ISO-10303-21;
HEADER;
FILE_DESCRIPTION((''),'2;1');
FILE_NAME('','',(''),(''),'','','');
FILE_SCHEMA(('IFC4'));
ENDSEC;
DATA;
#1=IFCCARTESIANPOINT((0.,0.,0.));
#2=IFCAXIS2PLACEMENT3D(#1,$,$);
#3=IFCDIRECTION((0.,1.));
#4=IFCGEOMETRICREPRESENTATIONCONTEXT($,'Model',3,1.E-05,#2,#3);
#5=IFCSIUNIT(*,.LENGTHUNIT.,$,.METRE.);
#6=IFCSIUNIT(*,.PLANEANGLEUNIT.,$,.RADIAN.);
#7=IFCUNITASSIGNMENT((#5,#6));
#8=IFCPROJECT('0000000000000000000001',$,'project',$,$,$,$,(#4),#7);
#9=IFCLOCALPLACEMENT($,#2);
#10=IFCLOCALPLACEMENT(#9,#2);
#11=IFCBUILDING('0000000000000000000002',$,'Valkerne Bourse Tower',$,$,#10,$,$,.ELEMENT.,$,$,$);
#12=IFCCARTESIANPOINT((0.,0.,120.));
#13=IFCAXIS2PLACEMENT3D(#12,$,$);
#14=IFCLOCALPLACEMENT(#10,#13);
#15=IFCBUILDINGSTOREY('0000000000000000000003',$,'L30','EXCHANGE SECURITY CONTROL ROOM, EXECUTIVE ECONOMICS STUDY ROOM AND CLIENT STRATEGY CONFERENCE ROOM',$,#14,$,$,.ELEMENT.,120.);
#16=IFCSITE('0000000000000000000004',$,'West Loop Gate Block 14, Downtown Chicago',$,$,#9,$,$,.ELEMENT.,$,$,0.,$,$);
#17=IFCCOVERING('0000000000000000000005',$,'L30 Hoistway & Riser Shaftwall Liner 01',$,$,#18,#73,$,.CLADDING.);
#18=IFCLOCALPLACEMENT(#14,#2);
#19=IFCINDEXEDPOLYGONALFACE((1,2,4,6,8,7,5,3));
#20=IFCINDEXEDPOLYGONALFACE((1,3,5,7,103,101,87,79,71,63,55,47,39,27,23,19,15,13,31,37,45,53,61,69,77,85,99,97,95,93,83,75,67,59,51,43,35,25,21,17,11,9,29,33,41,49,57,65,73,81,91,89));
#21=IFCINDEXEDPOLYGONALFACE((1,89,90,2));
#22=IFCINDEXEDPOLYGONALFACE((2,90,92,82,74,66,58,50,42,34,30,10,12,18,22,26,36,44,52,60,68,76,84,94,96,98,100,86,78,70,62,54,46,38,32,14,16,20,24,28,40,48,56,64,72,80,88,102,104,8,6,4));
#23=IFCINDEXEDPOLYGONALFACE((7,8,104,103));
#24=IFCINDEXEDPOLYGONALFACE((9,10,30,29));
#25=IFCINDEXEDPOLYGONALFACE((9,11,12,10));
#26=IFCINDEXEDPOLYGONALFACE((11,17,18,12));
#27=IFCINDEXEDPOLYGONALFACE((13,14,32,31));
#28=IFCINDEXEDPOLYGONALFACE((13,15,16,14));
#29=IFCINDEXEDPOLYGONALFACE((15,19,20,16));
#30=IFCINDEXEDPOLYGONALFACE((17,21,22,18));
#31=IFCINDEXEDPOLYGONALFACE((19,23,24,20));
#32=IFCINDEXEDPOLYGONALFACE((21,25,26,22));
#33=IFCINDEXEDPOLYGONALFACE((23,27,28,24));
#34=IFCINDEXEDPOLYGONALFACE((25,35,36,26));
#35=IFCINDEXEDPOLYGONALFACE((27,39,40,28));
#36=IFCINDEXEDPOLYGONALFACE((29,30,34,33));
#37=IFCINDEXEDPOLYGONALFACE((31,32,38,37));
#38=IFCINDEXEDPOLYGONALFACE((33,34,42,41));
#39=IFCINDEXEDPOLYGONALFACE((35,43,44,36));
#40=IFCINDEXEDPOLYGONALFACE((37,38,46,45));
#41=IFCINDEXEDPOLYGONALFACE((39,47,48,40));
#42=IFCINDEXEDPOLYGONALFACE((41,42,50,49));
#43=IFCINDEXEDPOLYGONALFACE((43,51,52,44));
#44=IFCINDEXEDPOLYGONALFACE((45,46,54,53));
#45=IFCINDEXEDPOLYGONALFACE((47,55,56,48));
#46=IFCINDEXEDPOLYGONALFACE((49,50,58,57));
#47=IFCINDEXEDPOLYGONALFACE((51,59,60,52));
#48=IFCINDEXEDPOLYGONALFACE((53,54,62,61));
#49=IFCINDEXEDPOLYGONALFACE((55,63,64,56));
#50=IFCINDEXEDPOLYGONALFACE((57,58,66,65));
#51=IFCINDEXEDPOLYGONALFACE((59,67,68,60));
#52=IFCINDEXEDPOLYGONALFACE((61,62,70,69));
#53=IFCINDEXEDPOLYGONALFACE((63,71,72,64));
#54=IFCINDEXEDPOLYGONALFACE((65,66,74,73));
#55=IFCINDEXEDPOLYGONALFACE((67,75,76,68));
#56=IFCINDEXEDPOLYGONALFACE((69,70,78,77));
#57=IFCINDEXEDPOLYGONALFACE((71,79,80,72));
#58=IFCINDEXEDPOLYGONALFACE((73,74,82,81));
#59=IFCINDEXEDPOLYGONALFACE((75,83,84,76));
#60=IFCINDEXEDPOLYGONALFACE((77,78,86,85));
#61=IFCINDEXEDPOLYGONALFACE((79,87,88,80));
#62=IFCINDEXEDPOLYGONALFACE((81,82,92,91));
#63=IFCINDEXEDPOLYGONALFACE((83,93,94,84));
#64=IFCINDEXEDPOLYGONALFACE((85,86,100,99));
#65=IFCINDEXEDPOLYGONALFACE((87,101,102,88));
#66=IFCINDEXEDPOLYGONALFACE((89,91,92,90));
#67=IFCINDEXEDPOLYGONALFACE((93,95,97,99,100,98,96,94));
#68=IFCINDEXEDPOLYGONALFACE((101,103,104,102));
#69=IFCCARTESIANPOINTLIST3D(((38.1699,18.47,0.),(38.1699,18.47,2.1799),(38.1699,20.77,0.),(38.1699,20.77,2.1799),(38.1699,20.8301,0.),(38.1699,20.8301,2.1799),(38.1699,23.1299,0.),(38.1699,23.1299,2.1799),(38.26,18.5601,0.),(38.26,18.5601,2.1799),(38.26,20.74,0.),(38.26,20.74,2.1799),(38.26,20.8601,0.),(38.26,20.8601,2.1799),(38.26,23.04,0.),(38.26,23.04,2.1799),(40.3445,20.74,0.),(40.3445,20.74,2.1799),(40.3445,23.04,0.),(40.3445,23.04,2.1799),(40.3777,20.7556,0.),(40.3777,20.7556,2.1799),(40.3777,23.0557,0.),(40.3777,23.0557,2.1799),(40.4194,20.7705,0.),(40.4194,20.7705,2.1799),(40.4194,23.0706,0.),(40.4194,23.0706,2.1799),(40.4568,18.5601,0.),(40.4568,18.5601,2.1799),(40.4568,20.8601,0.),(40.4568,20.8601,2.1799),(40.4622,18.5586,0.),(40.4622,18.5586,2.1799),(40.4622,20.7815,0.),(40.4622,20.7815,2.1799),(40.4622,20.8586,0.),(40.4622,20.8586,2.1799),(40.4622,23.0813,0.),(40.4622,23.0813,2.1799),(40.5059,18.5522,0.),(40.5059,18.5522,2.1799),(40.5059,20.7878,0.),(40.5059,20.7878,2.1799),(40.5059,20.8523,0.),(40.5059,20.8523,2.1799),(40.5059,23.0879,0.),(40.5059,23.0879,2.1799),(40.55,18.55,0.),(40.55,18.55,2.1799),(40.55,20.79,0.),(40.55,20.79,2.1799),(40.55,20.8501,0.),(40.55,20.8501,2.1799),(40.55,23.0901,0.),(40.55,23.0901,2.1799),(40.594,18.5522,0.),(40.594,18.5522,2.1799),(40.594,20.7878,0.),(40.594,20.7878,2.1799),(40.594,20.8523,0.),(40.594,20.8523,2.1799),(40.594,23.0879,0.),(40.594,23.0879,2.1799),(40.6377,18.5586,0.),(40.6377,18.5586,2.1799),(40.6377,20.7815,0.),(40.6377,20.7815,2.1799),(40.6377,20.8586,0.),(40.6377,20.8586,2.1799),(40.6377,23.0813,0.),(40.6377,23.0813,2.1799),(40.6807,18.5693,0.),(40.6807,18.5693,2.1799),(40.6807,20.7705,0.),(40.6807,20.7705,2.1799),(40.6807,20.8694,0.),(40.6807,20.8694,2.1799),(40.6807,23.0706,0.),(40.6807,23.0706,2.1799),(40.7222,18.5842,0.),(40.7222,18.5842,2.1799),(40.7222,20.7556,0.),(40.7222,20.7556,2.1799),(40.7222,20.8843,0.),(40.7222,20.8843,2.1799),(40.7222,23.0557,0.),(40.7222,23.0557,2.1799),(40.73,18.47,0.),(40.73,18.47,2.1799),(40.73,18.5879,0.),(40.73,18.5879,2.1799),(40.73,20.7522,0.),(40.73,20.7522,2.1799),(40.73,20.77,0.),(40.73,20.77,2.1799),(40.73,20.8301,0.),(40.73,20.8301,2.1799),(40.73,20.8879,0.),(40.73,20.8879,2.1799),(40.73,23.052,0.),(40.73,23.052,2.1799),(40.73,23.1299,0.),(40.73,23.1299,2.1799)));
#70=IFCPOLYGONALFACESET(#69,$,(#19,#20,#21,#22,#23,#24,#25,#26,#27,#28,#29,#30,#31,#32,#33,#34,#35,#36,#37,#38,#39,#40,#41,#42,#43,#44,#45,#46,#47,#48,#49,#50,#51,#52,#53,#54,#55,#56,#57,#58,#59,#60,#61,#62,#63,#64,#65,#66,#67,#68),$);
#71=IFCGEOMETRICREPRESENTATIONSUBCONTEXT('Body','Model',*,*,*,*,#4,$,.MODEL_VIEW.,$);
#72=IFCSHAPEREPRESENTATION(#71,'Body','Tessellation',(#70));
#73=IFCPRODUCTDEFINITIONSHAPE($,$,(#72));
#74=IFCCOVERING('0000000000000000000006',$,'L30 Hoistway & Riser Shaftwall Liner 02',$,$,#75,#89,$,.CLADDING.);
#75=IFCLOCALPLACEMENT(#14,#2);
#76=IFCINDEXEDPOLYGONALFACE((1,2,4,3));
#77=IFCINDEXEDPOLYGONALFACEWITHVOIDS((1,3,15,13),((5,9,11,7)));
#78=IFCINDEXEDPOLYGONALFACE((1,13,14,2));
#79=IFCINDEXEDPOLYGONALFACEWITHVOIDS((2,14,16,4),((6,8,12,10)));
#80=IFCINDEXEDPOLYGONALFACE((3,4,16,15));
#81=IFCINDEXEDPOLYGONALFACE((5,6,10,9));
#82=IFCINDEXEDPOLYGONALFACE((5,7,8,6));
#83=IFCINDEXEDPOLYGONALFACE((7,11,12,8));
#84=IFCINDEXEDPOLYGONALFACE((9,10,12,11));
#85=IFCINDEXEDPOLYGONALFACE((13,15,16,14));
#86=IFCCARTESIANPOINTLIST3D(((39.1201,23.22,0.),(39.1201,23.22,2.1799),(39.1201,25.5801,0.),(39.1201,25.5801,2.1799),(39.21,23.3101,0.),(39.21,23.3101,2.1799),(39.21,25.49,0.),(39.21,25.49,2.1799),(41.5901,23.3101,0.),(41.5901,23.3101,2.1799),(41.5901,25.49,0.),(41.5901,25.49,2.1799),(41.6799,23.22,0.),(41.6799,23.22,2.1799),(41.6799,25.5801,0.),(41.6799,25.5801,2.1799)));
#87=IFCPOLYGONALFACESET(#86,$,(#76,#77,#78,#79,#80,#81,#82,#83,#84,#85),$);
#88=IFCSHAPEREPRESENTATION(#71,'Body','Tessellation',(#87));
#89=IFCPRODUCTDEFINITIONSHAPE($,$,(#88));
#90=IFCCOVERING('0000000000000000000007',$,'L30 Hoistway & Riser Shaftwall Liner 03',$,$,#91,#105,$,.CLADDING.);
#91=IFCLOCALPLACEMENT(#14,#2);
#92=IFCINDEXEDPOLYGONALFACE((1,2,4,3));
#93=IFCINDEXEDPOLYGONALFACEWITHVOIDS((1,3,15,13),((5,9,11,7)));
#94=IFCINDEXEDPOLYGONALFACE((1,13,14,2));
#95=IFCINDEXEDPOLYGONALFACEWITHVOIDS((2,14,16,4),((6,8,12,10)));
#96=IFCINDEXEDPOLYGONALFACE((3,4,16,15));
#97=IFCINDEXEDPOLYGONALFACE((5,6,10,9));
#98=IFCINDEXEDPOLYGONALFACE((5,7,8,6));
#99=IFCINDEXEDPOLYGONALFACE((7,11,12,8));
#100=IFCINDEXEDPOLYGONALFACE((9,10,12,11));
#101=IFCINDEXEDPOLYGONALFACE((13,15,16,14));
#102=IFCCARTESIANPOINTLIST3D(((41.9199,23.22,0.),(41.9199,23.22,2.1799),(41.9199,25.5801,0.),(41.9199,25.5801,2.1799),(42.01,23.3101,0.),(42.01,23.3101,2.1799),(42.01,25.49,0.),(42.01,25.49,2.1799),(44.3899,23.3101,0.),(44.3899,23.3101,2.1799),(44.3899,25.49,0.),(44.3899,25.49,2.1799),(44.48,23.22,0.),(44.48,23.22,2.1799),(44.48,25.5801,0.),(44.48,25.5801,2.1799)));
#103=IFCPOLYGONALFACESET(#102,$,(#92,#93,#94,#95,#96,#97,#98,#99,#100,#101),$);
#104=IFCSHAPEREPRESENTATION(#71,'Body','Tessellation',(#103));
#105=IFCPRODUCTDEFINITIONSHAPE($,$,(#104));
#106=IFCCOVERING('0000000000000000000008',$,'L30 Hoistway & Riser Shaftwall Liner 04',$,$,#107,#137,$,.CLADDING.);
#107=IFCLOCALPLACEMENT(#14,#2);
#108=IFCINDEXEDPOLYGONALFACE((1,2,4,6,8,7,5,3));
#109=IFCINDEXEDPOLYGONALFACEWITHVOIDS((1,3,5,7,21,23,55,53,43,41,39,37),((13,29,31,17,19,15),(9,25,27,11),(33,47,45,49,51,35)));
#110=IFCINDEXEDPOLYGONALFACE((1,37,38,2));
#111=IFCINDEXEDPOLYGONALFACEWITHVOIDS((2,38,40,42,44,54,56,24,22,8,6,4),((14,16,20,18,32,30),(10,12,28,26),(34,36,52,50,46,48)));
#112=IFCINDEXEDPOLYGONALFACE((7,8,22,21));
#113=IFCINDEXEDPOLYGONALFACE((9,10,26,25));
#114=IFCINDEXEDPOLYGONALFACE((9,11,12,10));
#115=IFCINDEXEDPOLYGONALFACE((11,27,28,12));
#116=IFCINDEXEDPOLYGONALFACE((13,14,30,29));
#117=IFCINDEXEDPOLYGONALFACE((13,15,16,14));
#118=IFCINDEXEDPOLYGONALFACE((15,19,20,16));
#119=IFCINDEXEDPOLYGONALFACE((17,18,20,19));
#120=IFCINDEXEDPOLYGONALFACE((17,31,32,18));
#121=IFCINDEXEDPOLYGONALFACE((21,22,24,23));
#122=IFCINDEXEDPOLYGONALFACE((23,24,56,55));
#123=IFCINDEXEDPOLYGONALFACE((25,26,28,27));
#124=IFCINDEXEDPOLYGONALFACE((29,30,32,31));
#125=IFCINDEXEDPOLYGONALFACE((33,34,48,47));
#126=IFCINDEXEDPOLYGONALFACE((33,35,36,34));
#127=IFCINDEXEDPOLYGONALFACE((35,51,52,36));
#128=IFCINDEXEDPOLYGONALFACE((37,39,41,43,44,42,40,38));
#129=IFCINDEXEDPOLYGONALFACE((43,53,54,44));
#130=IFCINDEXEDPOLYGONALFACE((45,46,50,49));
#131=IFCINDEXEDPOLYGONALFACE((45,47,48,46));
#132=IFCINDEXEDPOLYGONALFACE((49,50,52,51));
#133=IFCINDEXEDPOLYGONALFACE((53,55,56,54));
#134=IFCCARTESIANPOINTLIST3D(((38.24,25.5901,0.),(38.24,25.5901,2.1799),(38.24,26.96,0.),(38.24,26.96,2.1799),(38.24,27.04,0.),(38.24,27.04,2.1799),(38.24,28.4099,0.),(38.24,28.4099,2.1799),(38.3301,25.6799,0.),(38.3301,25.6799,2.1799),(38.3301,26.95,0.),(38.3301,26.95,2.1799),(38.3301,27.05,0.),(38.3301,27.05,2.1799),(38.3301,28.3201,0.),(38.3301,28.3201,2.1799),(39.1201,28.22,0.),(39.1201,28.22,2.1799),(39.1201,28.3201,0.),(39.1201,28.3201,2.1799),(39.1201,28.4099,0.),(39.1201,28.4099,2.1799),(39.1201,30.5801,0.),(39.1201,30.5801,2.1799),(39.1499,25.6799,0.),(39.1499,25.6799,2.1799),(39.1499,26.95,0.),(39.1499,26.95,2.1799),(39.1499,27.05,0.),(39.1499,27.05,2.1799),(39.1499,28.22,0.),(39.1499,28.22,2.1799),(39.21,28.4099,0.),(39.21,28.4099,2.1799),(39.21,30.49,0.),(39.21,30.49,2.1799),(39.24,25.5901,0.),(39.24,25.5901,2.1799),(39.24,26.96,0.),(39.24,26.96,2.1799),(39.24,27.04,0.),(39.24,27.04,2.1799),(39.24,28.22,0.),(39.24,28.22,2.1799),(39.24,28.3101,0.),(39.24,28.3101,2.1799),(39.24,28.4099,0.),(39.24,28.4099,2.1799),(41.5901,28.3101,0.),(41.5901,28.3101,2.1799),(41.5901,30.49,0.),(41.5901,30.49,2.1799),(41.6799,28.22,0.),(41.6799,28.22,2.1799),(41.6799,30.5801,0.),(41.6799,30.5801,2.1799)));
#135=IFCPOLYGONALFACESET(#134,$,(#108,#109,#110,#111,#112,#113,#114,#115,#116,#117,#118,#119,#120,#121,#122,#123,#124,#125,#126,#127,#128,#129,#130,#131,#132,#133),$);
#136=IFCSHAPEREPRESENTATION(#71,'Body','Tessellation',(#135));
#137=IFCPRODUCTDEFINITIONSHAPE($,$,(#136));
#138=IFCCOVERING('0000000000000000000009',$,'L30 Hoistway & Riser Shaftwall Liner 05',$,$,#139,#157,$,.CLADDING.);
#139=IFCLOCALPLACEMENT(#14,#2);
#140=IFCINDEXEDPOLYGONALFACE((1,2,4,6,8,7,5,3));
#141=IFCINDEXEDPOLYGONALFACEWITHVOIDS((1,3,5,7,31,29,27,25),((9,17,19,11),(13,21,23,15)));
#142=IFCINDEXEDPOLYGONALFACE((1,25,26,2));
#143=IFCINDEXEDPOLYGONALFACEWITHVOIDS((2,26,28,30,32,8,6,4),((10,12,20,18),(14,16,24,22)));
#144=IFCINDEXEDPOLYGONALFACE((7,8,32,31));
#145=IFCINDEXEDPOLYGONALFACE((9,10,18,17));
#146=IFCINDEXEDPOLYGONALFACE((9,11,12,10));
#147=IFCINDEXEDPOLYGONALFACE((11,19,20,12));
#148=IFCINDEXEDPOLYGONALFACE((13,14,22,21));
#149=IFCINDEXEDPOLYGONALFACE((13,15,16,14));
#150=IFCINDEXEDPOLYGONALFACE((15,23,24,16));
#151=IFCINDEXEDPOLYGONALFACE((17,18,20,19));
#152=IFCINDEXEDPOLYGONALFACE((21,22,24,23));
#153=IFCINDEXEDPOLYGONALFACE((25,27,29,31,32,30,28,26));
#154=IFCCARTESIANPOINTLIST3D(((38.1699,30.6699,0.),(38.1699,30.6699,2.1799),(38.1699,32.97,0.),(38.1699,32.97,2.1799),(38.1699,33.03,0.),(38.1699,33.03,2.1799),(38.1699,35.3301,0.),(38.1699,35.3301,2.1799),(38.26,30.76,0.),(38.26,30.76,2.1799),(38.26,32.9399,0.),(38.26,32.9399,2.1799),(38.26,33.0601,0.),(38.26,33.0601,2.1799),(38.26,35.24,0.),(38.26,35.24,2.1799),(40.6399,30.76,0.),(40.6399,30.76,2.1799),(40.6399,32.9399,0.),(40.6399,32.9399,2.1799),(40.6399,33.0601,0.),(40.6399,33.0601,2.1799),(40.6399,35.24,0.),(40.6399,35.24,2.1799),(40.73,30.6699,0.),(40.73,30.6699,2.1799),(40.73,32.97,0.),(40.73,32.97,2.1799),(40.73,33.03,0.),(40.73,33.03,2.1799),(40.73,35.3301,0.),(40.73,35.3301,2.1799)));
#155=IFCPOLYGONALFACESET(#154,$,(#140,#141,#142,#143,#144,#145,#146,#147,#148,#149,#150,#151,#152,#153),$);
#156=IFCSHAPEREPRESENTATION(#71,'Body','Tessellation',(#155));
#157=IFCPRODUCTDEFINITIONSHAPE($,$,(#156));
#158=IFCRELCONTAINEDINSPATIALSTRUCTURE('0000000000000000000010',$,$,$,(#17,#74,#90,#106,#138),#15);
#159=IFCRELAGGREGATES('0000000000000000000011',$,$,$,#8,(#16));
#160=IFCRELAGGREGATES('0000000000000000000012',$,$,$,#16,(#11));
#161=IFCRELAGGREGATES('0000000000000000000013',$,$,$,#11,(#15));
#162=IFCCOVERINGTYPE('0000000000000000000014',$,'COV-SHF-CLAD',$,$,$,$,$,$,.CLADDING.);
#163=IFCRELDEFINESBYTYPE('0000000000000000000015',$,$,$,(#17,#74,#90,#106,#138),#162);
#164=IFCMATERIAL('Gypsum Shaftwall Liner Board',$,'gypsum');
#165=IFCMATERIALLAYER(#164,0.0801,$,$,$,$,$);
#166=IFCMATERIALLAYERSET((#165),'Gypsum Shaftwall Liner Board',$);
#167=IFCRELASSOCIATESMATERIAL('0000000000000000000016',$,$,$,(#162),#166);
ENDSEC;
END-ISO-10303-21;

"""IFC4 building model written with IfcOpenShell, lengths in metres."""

from ifc_helpers import new_model, si_unit, direction, frame, origin, place, context, subcontext, project, spatial, polyline, outline, extrude, material, layer, layer_set, type_object, element, save


model = new_model("IFC4")

# Units and contexts
model_context = context("Model", 3, precision=1e-05, world=origin(), true_north=direction((0.0, 1.0)))
body_context = subcontext(model_context, "Body", "Model", "MODEL_VIEW")
ifc_project = project(units=[si_unit("LENGTHUNIT", "METRE"), si_unit("PLANEANGLEUNIT", "RADIAN")], contexts=[model_context])

# Site, building, storey
site_placement = place(None, origin())
site = spatial("IfcSite", under=ifc_project, at=site_placement, Name="West Loop Gate Block 14, Downtown Chicago", CompositionType="ELEMENT", RefElevation=0.0)
building_placement = place(site_placement, origin())
building = spatial("IfcBuilding", under=site, at=building_placement, Name="Valkerne Bourse Tower", CompositionType="ELEMENT")
storey_placement = place(building_placement, frame((0.0, 0.0, 120.0)))
storey = spatial("IfcBuildingStorey", under=building, at=storey_placement, Name="L30", Description="EXCHANGE SECURITY CONTROL ROOM, EXECUTIVE ECONOMICS STUDY ROOM AND CLIENT STRATEGY CONFERENCE ROOM", CompositionType="ELEMENT", Elevation=120.0)

# Coverings
ifc_material_1 = material(Name="Gypsum Shaftwall Liner Board", Category="gypsum")
ifc_layer_1 = layer(ifc_material_1, 0.0801)
ifc_layer_set_1 = layer_set([ifc_layer_1], Name="Gypsum Shaftwall Liner Board")
covering_type_1 = type_object("IfcCoveringType", Name="COV-SHF-CLAD", PredefinedType="CLADDING", material=ifc_layer_set_1)
covering_1_placement = place(storey_placement, origin())
element("IfcCovering", 1, at=covering_1_placement, inside=storey, type_object=covering_type_1, Name="L30 Hoistway & Riser Shaftwall Liner 01", PredefinedType="CLADDING", context=body_context, shape_type="SweptSolid", body=[
    extrude(outline(polyline([(38.1699, 23.1299), (40.73, 23.1299), (40.73, 23.052), (40.7222, 23.0557), (40.6807, 23.0706), (40.6377, 23.0813), (40.594, 23.0879), (40.55, 23.0901), (40.5059, 23.0879), (40.4622, 23.0813), (40.4194, 23.0706), (40.3777, 23.0557), (40.3445, 23.04), (38.26, 23.04), (38.26, 20.8601), (40.4568, 20.8601), (40.4622, 20.8586), (40.5059, 20.8523), (40.55, 20.8501), (40.594, 20.8523), (40.6377, 20.8586), (40.6807, 20.8694), (40.7222, 20.8843), (40.73, 20.8879), (40.73, 20.8301), (40.73, 20.77), (40.73, 20.7522), (40.7222, 20.7556), (40.6807, 20.7705), (40.6377, 20.7815), (40.594, 20.7878), (40.55, 20.79), (40.5059, 20.7878), (40.4622, 20.7815), (40.4194, 20.7705), (40.3777, 20.7556), (40.3445, 20.74), (38.26, 20.74), (38.26, 18.5601), (40.4568, 18.5601), (40.4622, 18.5586), (40.5059, 18.5522), (40.55, 18.55), (40.594, 18.5522), (40.6377, 18.5586), (40.6807, 18.5693), (40.7222, 18.5842), (40.73, 18.5879), (40.73, 18.47), (38.1699, 18.47), (38.1699, 20.77), (38.1699, 20.8301), (38.1699, 23.1299)])), origin(), (0.0, 0.0, 1.0), 2.1799),
])
covering_2_placement = place(storey_placement, origin())
element("IfcCovering", 2, at=covering_2_placement, inside=storey, type_object=covering_type_1, Name="L30 Hoistway & Riser Shaftwall Liner 02", PredefinedType="CLADDING", context=body_context, shape_type="SweptSolid", body=[
    extrude(outline(polyline([(41.6799, 23.22), (39.1201, 23.22), (39.1201, 25.5801), (41.6799, 25.5801), (41.6799, 23.22)]), holes=[polyline([(39.21, 25.49), (39.21, 23.3101), (41.5901, 23.3101), (41.5901, 25.49), (39.21, 25.49)])]), origin(), (0.0, 0.0, 1.0), 2.1799),
])
covering_3_placement = place(storey_placement, origin())
element("IfcCovering", 3, at=covering_3_placement, inside=storey, type_object=covering_type_1, Name="L30 Hoistway & Riser Shaftwall Liner 03", PredefinedType="CLADDING", context=body_context, shape_type="SweptSolid", body=[
    extrude(outline(polyline([(44.48, 23.22), (41.9199, 23.22), (41.9199, 25.5801), (44.48, 25.5801), (44.48, 23.22)]), holes=[polyline([(42.01, 25.49), (42.01, 23.3101), (44.3899, 23.3101), (44.3899, 25.49), (42.01, 25.49)])]), origin(), (0.0, 0.0, 1.0), 2.1799),
])
covering_4_placement = place(storey_placement, origin())
element("IfcCovering", 4, at=covering_4_placement, inside=storey, type_object=covering_type_1, Name="L30 Hoistway & Riser Shaftwall Liner 04", PredefinedType="CLADDING", context=body_context, shape_type="SweptSolid", body=[
    extrude(outline(polyline([(38.24, 28.4099), (39.1201, 28.4099), (39.1201, 30.5801), (41.6799, 30.5801), (41.6799, 28.22), (39.24, 28.22), (39.24, 27.04), (39.24, 26.96), (39.24, 25.5901), (38.24, 25.5901), (38.24, 26.96), (38.24, 27.04), (38.24, 28.4099)]), holes=[polyline([(39.21, 30.49), (39.21, 28.4099), (39.24, 28.4099), (39.24, 28.3101), (41.5901, 28.3101), (41.5901, 30.49), (39.21, 30.49)]), polyline([(38.3301, 26.95), (38.3301, 25.6799), (39.1499, 25.6799), (39.1499, 26.95), (38.3301, 26.95)]), polyline([(39.1201, 28.22), (39.1201, 28.3201), (38.3301, 28.3201), (38.3301, 27.05), (39.1499, 27.05), (39.1499, 28.22), (39.1201, 28.22)])]), origin(), (0.0, 0.0, 1.0), 2.1799),
])
covering_5_placement = place(storey_placement, origin())
element("IfcCovering", 5, at=covering_5_placement, inside=storey, type_object=covering_type_1, Name="L30 Hoistway & Riser Shaftwall Liner 05", PredefinedType="CLADDING", context=body_context, shape_type="SweptSolid", body=[
    extrude(outline(polyline([(38.1699, 35.3301), (40.73, 35.3301), (40.73, 33.03), (40.73, 32.97), (40.73, 30.6699), (38.1699, 30.6699), (38.1699, 32.97), (38.1699, 33.03), (38.1699, 35.3301)]), holes=[polyline([(38.26, 32.9399), (38.26, 30.76), (40.6399, 30.76), (40.6399, 32.9399), (38.26, 32.9399)]), polyline([(38.26, 35.24), (38.26, 33.0601), (40.6399, 33.0601), (40.6399, 35.24), (38.26, 35.24)])]), origin(), (0.0, 0.0, 1.0), 2.1799),
])

save(model, "model.ifc")
